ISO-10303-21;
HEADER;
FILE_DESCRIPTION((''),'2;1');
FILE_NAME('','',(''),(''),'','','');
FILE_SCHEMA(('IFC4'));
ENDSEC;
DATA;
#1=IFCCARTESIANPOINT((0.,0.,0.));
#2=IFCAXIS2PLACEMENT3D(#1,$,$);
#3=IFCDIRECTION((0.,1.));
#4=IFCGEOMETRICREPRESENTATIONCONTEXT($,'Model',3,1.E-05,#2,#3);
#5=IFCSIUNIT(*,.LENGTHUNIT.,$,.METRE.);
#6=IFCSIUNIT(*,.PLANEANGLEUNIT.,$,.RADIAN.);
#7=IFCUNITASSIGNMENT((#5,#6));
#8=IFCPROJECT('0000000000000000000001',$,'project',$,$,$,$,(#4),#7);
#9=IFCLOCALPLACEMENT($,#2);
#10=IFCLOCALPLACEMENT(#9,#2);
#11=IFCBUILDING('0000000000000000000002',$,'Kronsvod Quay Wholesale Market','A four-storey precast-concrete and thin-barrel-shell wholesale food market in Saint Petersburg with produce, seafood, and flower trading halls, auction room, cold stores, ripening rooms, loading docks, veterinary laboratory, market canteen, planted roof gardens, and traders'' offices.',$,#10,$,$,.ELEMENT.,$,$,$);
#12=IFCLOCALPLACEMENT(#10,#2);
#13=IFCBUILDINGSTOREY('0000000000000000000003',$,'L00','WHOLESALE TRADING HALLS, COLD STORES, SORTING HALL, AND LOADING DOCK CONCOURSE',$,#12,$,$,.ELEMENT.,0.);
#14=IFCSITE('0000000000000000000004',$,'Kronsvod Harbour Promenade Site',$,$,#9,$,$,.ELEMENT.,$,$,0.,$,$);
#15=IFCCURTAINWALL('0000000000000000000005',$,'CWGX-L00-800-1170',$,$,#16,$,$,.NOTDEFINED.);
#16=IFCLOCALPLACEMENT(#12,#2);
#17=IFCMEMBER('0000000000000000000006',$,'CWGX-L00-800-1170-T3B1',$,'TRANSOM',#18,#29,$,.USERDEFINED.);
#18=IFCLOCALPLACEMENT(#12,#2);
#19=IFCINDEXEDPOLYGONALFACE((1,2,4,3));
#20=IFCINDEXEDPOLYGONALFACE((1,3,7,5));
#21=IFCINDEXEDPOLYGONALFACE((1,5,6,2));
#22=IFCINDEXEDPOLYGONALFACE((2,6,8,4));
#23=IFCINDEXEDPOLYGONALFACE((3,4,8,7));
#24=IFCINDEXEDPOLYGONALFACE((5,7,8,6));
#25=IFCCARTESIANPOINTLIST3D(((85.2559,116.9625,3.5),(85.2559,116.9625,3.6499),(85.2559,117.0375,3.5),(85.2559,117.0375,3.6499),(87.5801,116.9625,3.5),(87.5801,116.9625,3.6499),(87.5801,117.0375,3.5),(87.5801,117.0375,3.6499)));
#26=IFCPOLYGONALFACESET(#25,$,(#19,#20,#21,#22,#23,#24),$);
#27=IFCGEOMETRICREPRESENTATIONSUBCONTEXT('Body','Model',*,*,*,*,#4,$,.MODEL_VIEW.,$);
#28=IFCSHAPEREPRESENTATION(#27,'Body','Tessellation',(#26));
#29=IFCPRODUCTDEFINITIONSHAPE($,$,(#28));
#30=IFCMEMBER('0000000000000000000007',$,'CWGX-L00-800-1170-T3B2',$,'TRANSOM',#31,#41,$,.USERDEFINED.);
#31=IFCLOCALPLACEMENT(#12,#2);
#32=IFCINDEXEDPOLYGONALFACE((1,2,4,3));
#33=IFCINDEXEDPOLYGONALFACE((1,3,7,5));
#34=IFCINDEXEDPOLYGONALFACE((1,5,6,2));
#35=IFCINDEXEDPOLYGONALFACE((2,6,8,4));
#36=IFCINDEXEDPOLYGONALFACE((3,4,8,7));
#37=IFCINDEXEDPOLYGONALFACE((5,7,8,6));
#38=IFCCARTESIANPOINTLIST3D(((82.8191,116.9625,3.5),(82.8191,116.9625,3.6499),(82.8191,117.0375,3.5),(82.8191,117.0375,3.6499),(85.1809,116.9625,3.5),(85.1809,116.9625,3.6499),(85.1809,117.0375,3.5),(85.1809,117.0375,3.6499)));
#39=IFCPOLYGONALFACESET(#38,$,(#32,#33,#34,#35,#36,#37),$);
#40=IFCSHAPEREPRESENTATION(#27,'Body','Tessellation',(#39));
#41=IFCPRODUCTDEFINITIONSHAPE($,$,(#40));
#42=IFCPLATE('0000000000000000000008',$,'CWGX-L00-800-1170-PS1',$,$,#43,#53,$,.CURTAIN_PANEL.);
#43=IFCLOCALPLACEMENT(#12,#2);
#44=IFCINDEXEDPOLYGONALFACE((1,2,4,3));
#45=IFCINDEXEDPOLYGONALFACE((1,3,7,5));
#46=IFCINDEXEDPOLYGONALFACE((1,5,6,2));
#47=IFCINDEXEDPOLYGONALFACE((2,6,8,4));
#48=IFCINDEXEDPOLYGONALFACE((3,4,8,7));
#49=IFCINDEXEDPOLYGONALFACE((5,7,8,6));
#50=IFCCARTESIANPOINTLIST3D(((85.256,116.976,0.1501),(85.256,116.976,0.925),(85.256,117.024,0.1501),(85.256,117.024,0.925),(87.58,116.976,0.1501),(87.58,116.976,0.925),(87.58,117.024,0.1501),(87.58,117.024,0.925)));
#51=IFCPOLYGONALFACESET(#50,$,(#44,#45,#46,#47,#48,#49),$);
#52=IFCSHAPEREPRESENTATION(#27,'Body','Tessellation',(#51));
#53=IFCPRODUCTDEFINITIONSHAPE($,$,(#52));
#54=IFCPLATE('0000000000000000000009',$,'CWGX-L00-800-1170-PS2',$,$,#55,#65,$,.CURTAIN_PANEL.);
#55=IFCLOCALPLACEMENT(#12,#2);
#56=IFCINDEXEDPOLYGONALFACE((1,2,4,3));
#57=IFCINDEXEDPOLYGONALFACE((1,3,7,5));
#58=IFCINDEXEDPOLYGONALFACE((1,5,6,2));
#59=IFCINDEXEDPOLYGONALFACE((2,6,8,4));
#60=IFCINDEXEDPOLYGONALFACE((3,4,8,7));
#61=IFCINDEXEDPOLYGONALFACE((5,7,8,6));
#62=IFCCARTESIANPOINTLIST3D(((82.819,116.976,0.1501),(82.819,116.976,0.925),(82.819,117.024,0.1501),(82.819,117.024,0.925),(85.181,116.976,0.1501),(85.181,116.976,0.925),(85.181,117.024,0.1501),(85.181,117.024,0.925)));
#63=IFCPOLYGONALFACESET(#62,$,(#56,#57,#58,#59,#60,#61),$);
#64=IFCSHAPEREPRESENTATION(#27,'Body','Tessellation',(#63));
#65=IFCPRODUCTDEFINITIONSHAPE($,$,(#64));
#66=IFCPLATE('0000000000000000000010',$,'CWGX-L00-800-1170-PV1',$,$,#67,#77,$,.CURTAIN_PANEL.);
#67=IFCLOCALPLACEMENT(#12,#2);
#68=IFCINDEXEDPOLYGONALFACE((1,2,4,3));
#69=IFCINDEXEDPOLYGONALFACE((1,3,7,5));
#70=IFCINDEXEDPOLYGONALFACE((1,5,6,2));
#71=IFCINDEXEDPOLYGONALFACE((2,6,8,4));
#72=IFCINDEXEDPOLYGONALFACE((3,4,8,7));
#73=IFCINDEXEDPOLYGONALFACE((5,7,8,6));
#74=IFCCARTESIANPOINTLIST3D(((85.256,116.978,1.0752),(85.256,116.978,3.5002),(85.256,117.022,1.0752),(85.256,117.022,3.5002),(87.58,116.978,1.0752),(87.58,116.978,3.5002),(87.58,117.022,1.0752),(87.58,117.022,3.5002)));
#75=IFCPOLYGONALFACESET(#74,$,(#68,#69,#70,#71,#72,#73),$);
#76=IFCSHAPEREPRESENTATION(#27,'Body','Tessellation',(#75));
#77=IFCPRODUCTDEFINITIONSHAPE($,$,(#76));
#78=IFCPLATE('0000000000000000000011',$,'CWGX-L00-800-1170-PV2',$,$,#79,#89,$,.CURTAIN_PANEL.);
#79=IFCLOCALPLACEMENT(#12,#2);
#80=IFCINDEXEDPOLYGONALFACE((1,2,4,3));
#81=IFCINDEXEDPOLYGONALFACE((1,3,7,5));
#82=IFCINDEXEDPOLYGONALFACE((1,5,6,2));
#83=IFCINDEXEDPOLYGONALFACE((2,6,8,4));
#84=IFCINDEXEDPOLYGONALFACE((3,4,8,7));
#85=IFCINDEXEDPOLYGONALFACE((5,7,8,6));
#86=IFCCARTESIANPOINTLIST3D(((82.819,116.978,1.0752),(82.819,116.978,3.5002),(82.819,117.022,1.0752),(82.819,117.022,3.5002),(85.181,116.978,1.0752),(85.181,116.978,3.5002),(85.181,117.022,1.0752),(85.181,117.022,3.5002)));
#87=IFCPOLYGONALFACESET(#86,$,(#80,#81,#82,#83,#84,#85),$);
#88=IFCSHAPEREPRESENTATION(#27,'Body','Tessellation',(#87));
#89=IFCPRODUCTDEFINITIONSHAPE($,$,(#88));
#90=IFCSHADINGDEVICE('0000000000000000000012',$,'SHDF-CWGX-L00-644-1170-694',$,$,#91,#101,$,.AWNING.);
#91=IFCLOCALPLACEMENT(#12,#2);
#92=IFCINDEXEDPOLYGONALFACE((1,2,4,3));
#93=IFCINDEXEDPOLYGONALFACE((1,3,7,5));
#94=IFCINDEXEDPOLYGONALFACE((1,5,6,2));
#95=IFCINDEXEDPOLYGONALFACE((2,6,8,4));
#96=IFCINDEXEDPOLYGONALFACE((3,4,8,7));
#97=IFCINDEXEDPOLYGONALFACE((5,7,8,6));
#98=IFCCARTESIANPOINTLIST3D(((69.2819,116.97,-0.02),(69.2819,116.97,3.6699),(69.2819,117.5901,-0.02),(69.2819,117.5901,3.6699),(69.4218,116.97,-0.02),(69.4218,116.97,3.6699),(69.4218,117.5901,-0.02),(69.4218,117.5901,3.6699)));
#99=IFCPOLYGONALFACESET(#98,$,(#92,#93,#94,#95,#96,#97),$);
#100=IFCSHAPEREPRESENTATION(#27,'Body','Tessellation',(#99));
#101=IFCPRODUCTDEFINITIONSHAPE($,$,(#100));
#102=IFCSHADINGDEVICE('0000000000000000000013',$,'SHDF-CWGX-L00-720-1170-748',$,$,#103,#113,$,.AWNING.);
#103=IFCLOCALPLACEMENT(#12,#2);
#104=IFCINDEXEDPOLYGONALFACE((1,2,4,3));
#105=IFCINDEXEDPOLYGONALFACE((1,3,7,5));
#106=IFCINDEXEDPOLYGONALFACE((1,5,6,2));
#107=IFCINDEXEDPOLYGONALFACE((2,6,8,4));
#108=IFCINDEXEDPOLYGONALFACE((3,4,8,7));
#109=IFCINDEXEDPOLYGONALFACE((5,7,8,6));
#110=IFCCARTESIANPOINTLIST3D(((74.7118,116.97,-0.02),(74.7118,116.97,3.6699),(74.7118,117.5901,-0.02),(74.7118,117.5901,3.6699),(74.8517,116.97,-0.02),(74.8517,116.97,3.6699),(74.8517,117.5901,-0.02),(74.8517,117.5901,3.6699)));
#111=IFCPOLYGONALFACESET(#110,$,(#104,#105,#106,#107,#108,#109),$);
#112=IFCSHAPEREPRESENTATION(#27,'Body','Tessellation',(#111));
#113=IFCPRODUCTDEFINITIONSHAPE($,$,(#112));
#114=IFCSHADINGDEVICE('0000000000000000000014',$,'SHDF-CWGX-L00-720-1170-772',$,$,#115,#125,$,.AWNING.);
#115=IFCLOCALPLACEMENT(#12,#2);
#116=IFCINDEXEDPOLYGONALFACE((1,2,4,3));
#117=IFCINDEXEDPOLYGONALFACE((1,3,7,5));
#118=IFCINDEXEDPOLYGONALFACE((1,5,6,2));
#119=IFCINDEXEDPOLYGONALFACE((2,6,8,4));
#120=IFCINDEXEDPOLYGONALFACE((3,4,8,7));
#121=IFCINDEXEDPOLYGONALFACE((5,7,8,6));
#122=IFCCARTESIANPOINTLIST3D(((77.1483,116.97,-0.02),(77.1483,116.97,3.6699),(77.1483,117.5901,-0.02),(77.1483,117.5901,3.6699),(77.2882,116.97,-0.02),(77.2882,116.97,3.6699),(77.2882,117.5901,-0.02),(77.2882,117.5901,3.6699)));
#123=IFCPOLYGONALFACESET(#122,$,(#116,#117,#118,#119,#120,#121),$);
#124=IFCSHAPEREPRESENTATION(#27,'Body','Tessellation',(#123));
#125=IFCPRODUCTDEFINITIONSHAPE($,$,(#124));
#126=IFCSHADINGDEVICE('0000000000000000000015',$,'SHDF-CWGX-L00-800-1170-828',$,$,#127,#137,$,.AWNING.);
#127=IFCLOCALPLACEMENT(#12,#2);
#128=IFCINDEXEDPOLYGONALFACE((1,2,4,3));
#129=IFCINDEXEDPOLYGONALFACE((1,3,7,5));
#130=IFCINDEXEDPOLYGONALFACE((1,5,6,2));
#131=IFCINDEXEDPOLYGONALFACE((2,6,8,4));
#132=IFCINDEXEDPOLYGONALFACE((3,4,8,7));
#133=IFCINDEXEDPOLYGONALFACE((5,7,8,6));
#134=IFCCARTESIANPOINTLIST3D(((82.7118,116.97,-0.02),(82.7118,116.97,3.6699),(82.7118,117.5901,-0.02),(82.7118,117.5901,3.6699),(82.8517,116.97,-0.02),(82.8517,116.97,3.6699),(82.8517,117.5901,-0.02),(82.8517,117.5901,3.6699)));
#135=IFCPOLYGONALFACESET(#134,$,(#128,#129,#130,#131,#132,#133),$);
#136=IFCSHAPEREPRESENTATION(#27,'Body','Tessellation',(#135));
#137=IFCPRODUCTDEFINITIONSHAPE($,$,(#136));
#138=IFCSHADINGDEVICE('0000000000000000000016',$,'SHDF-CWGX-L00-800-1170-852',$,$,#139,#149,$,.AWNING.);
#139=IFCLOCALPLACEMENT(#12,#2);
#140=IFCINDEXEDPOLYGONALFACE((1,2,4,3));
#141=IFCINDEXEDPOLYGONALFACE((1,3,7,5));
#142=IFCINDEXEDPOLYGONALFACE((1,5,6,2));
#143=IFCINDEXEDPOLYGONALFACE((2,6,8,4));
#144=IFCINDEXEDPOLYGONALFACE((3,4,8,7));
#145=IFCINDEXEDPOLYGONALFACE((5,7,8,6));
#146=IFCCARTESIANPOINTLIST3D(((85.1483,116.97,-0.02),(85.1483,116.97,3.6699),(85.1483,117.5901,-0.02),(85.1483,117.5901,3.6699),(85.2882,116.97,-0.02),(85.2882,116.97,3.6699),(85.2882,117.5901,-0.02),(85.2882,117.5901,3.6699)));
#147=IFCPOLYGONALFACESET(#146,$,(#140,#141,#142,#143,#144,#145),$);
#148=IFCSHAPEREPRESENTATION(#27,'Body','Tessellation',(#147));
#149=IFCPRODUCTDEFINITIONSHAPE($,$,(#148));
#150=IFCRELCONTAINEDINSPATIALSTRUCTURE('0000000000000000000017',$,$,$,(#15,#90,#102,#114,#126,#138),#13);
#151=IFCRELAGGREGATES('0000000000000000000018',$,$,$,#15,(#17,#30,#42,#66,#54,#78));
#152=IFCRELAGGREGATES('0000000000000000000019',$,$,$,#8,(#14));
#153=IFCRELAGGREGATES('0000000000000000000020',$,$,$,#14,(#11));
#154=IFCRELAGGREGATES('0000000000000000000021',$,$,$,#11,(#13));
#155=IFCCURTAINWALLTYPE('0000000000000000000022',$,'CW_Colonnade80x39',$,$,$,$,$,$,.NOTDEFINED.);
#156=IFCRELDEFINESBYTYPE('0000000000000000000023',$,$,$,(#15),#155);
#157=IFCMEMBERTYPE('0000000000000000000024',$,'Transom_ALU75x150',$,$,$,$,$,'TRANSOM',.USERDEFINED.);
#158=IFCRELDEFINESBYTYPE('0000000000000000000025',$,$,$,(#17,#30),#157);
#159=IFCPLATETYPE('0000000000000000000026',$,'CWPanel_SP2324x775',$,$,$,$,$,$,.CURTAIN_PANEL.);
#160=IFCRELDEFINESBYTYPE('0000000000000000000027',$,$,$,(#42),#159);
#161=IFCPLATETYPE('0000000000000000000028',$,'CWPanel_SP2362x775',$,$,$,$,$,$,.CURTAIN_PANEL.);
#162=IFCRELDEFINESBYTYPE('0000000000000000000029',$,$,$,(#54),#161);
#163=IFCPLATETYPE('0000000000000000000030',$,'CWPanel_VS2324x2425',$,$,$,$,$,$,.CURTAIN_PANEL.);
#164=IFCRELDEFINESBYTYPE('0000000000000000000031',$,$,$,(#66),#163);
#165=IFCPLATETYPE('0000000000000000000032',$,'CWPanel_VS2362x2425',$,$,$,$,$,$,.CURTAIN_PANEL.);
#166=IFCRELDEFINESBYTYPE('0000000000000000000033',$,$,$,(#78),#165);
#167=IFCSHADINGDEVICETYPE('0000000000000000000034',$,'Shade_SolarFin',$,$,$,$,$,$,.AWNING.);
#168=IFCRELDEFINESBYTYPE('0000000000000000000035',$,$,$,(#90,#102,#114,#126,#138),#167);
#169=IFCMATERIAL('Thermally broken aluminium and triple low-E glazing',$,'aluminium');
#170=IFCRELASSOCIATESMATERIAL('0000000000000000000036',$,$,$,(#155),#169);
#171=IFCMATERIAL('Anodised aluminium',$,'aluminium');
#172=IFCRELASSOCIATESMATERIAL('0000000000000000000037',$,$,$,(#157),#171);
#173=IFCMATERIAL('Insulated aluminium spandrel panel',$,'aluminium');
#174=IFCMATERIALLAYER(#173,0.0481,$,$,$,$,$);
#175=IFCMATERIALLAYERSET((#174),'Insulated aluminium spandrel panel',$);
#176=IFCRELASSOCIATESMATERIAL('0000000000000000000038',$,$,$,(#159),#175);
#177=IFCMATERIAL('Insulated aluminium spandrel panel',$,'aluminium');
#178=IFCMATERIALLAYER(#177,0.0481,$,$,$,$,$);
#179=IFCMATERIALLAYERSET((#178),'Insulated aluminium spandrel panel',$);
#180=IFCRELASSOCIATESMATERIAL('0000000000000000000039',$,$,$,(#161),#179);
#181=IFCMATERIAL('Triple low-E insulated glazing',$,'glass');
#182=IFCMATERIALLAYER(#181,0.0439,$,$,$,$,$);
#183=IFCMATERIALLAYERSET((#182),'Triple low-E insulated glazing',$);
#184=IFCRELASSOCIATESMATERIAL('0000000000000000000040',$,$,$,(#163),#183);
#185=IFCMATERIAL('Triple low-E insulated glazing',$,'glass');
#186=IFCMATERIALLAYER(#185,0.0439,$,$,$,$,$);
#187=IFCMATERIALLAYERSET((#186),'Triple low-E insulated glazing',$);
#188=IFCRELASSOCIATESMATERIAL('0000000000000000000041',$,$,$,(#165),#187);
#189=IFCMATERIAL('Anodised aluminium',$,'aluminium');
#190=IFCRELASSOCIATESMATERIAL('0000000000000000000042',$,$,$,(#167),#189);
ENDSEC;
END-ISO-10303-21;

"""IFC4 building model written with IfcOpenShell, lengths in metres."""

from ifc_helpers import new_model, si_unit, direction, frame, origin, origin_2d, place, context, subcontext, project, spatial, rectangle, extrude, material, layer, layer_set, material_profile, profile_set, type_object, element, aggregate, save


model = new_model("IFC4")

# Units and contexts
model_context = context("Model", 3, precision=1e-05, world=origin(), true_north=direction((0.0, 1.0)))
body_context = subcontext(model_context, "Body", "Model", "MODEL_VIEW")
ifc_project = project(units=[si_unit("LENGTHUNIT", "METRE"), si_unit("PLANEANGLEUNIT", "RADIAN")], contexts=[model_context])

# Site, building, storey
site_placement = place(None, origin())
site = spatial("IfcSite", under=ifc_project, at=site_placement, Name="Kronsvod Harbour Promenade Site", CompositionType="ELEMENT", RefElevation=0.0)
building_placement = place(site_placement, origin())
building = spatial("IfcBuilding", under=site, at=building_placement, Name="Kronsvod Quay Wholesale Market", Description="A four-storey precast-concrete and thin-barrel-shell wholesale food market in Saint Petersburg with produce, seafood, and flower trading halls, auction room, cold stores, ripening rooms, loading docks, veterinary laboratory, market canteen, planted roof gardens, and traders' offices.", CompositionType="ELEMENT")
storey_placement = place(building_placement, origin())
storey = spatial("IfcBuildingStorey", under=building, at=storey_placement, Name="L00", Description="WHOLESALE TRADING HALLS, COLD STORES, SORTING HALL, AND LOADING DOCK CONCOURSE", CompositionType="ELEMENT", Elevation=0.0)

# Curtain wall, members, plates
ifc_material_1 = material(Name="Thermally broken aluminium and triple low-E glazing", Category="aluminium")
curtain_wall_type = type_object("IfcCurtainWallType", Name="CW_Colonnade80x39", PredefinedType="NOTDEFINED", material=ifc_material_1)
curtain_wall_placement = place(storey_placement, origin())
curtain_wall = element("IfcCurtainWall", 1, at=curtain_wall_placement, inside=storey, type_object=curtain_wall_type, Name="CWGX-L00-800-1170", PredefinedType="NOTDEFINED")
ifc_material_2 = material(Name="Anodised aluminium", Category="aluminium")
ifc_material_profile_1 = material_profile(ifc_material_2, rectangle(XDim=0.075, YDim=0.1499, at=origin_2d()), Name="ALUT75x150")
ifc_profile_set_1 = profile_set([ifc_material_profile_1], Name="Anodised aluminium")
member_type_1 = type_object("IfcMemberType", Name="Transom_ALU75x150", ElementType="TRANSOM", PredefinedType="USERDEFINED", material=ifc_profile_set_1)
member_1_placement = place(storey_placement, frame((87.5801, 117.0, 3.575), z_axis=(-1.0, 0.0, 0.0), x_axis=(0.0, -1.0, 0.0)))
member_1 = element("IfcMember", 2, at=member_1_placement, type_object=member_type_1, Name="CWGX-L00-800-1170-T3B1", ObjectType="TRANSOM", PredefinedType="USERDEFINED", context=body_context, shape_type="SweptSolid", body=[
    extrude(rectangle(XDim=0.075, YDim=0.1499, at=origin_2d()), origin(), (0.0, 0.0, 1.0), 2.3242),
])
member_2_placement = place(storey_placement, frame((85.1809, 117.0, 3.575), z_axis=(-1.0, 0.0, 0.0), x_axis=(0.0, -1.0, 0.0)))
member_2 = element("IfcMember", 3, at=member_2_placement, type_object=member_type_1, Name="CWGX-L00-800-1170-T3B2", ObjectType="TRANSOM", PredefinedType="USERDEFINED", context=body_context, shape_type="SweptSolid", body=[
    extrude(rectangle(XDim=0.075, YDim=0.1499, at=origin_2d()), origin(), (0.0, 0.0, 1.0), 2.3618),
])
ifc_material_3 = material(Name="Insulated aluminium spandrel panel", Category="aluminium")
ifc_layer_1 = layer(ifc_material_3, 0.0481)
ifc_layer_set_1 = layer_set([ifc_layer_1], Name="Insulated aluminium spandrel panel")
plate_type_1 = type_object("IfcPlateType", Name="CWPanel_SP2324x775", PredefinedType="CURTAIN_PANEL", material=ifc_layer_set_1)
plate_1_placement = place(storey_placement, frame((86.418, 117.0, 0.1501), z_axis=(0.0, 0.0, 1.0), x_axis=(-1.0, 0.0, 0.0)))
plate_1 = element("IfcPlate", 4, at=plate_1_placement, type_object=plate_type_1, Name="CWGX-L00-800-1170-PS1", PredefinedType="CURTAIN_PANEL", context=body_context, shape_type="SweptSolid", body=[
    extrude(rectangle(XDim=2.324, YDim=0.0481, at=origin_2d()), origin(), (0.0, 0.0, 1.0), 0.7749),
])
ifc_material_4 = material(Name="Insulated aluminium spandrel panel", Category="aluminium")
ifc_layer_2 = layer(ifc_material_4, 0.0481)
ifc_layer_set_2 = layer_set([ifc_layer_2], Name="Insulated aluminium spandrel panel")
plate_type_2 = type_object("IfcPlateType", Name="CWPanel_SP2362x775", PredefinedType="CURTAIN_PANEL", material=ifc_layer_set_2)
plate_2_placement = place(storey_placement, frame((84.0, 117.0, 0.1501), z_axis=(0.0, 0.0, 1.0), x_axis=(-1.0, 0.0, 0.0)))
plate_2 = element("IfcPlate", 5, at=plate_2_placement, type_object=plate_type_2, Name="CWGX-L00-800-1170-PS2", PredefinedType="CURTAIN_PANEL", context=body_context, shape_type="SweptSolid", body=[
    extrude(rectangle(XDim=2.3621, YDim=0.0481, at=origin_2d()), origin(), (0.0, 0.0, 1.0), 0.7749),
])
ifc_material_5 = material(Name="Triple low-E insulated glazing", Category="glass")
ifc_layer_3 = layer(ifc_material_5, 0.0439)
ifc_layer_set_3 = layer_set([ifc_layer_3], Name="Triple low-E insulated glazing")
plate_type_3 = type_object("IfcPlateType", Name="CWPanel_VS2324x2425", PredefinedType="CURTAIN_PANEL", material=ifc_layer_set_3)
plate_3_placement = place(storey_placement, frame((86.418, 117.0, 1.0752), z_axis=(0.0, 0.0, 1.0), x_axis=(-1.0, 0.0, 0.0)))
plate_3 = element("IfcPlate", 6, at=plate_3_placement, type_object=plate_type_3, Name="CWGX-L00-800-1170-PV1", PredefinedType="CURTAIN_PANEL", context=body_context, shape_type="SweptSolid", body=[
    extrude(rectangle(XDim=2.324, YDim=0.0439, at=origin_2d()), origin(), (0.0, 0.0, 1.0), 2.425),
])
ifc_material_6 = material(Name="Triple low-E insulated glazing", Category="glass")
ifc_layer_4 = layer(ifc_material_6, 0.0439)
ifc_layer_set_4 = layer_set([ifc_layer_4], Name="Triple low-E insulated glazing")
plate_type_4 = type_object("IfcPlateType", Name="CWPanel_VS2362x2425", PredefinedType="CURTAIN_PANEL", material=ifc_layer_set_4)
plate_4_placement = place(storey_placement, frame((84.0, 117.0, 1.0752), z_axis=(0.0, 0.0, 1.0), x_axis=(-1.0, 0.0, 0.0)))
plate_4 = element("IfcPlate", 7, at=plate_4_placement, type_object=plate_type_4, Name="CWGX-L00-800-1170-PV2", PredefinedType="CURTAIN_PANEL", context=body_context, shape_type="SweptSolid", body=[
    extrude(rectangle(XDim=2.3621, YDim=0.0439, at=origin_2d()), origin(), (0.0, 0.0, 1.0), 2.425),
])
aggregate(curtain_wall, [member_1, member_2, plate_1, plate_3, plate_2, plate_4])

# Shading devices
ifc_material_7 = material(Name="Anodised aluminium", Category="aluminium")
shading_device_type = type_object("IfcShadingDeviceType", Name="Shade_SolarFin", PredefinedType="AWNING", material=ifc_material_7)
for number, where, z_axis, x_axis, name in (
    (8, (69.3518, 117.28, -0.02), (0.0, 0.0, 1.0), (1.0, 0.0, 0.0), "SHDF-CWGX-L00-644-1170-694"),
    (9, (74.7817, 117.28, -0.02), (0.0, 0.0, 1.0), (1.0, 0.0, 0.0), "SHDF-CWGX-L00-720-1170-748"),
    (10, (77.2183, 117.28, -0.02), (0.0, 0.0, 1.0), (1.0, 0.0, 0.0), "SHDF-CWGX-L00-720-1170-772"),
    (11, (82.7817, 117.28, -0.02), (0.0, 0.0, 1.0), (1.0, 0.0, 0.0), "SHDF-CWGX-L00-800-1170-828"),
    (12, (85.2183, 117.28, -0.02), (0.0, 0.0, 1.0), (1.0, 0.0, 0.0), "SHDF-CWGX-L00-800-1170-852"),
):
    element("IfcShadingDevice", number, at=place(storey_placement, frame(where, z_axis=z_axis, x_axis=x_axis)), inside=storey, type_object=shading_device_type, Name=name, PredefinedType="AWNING", context=body_context, shape_type="SweptSolid", body=[
        extrude(rectangle(XDim=0.1399, YDim=0.6201, at=origin_2d()), origin(), (0.0, 0.0, 1.0), 3.6899),
    ])

save(model, "model.ifc")
